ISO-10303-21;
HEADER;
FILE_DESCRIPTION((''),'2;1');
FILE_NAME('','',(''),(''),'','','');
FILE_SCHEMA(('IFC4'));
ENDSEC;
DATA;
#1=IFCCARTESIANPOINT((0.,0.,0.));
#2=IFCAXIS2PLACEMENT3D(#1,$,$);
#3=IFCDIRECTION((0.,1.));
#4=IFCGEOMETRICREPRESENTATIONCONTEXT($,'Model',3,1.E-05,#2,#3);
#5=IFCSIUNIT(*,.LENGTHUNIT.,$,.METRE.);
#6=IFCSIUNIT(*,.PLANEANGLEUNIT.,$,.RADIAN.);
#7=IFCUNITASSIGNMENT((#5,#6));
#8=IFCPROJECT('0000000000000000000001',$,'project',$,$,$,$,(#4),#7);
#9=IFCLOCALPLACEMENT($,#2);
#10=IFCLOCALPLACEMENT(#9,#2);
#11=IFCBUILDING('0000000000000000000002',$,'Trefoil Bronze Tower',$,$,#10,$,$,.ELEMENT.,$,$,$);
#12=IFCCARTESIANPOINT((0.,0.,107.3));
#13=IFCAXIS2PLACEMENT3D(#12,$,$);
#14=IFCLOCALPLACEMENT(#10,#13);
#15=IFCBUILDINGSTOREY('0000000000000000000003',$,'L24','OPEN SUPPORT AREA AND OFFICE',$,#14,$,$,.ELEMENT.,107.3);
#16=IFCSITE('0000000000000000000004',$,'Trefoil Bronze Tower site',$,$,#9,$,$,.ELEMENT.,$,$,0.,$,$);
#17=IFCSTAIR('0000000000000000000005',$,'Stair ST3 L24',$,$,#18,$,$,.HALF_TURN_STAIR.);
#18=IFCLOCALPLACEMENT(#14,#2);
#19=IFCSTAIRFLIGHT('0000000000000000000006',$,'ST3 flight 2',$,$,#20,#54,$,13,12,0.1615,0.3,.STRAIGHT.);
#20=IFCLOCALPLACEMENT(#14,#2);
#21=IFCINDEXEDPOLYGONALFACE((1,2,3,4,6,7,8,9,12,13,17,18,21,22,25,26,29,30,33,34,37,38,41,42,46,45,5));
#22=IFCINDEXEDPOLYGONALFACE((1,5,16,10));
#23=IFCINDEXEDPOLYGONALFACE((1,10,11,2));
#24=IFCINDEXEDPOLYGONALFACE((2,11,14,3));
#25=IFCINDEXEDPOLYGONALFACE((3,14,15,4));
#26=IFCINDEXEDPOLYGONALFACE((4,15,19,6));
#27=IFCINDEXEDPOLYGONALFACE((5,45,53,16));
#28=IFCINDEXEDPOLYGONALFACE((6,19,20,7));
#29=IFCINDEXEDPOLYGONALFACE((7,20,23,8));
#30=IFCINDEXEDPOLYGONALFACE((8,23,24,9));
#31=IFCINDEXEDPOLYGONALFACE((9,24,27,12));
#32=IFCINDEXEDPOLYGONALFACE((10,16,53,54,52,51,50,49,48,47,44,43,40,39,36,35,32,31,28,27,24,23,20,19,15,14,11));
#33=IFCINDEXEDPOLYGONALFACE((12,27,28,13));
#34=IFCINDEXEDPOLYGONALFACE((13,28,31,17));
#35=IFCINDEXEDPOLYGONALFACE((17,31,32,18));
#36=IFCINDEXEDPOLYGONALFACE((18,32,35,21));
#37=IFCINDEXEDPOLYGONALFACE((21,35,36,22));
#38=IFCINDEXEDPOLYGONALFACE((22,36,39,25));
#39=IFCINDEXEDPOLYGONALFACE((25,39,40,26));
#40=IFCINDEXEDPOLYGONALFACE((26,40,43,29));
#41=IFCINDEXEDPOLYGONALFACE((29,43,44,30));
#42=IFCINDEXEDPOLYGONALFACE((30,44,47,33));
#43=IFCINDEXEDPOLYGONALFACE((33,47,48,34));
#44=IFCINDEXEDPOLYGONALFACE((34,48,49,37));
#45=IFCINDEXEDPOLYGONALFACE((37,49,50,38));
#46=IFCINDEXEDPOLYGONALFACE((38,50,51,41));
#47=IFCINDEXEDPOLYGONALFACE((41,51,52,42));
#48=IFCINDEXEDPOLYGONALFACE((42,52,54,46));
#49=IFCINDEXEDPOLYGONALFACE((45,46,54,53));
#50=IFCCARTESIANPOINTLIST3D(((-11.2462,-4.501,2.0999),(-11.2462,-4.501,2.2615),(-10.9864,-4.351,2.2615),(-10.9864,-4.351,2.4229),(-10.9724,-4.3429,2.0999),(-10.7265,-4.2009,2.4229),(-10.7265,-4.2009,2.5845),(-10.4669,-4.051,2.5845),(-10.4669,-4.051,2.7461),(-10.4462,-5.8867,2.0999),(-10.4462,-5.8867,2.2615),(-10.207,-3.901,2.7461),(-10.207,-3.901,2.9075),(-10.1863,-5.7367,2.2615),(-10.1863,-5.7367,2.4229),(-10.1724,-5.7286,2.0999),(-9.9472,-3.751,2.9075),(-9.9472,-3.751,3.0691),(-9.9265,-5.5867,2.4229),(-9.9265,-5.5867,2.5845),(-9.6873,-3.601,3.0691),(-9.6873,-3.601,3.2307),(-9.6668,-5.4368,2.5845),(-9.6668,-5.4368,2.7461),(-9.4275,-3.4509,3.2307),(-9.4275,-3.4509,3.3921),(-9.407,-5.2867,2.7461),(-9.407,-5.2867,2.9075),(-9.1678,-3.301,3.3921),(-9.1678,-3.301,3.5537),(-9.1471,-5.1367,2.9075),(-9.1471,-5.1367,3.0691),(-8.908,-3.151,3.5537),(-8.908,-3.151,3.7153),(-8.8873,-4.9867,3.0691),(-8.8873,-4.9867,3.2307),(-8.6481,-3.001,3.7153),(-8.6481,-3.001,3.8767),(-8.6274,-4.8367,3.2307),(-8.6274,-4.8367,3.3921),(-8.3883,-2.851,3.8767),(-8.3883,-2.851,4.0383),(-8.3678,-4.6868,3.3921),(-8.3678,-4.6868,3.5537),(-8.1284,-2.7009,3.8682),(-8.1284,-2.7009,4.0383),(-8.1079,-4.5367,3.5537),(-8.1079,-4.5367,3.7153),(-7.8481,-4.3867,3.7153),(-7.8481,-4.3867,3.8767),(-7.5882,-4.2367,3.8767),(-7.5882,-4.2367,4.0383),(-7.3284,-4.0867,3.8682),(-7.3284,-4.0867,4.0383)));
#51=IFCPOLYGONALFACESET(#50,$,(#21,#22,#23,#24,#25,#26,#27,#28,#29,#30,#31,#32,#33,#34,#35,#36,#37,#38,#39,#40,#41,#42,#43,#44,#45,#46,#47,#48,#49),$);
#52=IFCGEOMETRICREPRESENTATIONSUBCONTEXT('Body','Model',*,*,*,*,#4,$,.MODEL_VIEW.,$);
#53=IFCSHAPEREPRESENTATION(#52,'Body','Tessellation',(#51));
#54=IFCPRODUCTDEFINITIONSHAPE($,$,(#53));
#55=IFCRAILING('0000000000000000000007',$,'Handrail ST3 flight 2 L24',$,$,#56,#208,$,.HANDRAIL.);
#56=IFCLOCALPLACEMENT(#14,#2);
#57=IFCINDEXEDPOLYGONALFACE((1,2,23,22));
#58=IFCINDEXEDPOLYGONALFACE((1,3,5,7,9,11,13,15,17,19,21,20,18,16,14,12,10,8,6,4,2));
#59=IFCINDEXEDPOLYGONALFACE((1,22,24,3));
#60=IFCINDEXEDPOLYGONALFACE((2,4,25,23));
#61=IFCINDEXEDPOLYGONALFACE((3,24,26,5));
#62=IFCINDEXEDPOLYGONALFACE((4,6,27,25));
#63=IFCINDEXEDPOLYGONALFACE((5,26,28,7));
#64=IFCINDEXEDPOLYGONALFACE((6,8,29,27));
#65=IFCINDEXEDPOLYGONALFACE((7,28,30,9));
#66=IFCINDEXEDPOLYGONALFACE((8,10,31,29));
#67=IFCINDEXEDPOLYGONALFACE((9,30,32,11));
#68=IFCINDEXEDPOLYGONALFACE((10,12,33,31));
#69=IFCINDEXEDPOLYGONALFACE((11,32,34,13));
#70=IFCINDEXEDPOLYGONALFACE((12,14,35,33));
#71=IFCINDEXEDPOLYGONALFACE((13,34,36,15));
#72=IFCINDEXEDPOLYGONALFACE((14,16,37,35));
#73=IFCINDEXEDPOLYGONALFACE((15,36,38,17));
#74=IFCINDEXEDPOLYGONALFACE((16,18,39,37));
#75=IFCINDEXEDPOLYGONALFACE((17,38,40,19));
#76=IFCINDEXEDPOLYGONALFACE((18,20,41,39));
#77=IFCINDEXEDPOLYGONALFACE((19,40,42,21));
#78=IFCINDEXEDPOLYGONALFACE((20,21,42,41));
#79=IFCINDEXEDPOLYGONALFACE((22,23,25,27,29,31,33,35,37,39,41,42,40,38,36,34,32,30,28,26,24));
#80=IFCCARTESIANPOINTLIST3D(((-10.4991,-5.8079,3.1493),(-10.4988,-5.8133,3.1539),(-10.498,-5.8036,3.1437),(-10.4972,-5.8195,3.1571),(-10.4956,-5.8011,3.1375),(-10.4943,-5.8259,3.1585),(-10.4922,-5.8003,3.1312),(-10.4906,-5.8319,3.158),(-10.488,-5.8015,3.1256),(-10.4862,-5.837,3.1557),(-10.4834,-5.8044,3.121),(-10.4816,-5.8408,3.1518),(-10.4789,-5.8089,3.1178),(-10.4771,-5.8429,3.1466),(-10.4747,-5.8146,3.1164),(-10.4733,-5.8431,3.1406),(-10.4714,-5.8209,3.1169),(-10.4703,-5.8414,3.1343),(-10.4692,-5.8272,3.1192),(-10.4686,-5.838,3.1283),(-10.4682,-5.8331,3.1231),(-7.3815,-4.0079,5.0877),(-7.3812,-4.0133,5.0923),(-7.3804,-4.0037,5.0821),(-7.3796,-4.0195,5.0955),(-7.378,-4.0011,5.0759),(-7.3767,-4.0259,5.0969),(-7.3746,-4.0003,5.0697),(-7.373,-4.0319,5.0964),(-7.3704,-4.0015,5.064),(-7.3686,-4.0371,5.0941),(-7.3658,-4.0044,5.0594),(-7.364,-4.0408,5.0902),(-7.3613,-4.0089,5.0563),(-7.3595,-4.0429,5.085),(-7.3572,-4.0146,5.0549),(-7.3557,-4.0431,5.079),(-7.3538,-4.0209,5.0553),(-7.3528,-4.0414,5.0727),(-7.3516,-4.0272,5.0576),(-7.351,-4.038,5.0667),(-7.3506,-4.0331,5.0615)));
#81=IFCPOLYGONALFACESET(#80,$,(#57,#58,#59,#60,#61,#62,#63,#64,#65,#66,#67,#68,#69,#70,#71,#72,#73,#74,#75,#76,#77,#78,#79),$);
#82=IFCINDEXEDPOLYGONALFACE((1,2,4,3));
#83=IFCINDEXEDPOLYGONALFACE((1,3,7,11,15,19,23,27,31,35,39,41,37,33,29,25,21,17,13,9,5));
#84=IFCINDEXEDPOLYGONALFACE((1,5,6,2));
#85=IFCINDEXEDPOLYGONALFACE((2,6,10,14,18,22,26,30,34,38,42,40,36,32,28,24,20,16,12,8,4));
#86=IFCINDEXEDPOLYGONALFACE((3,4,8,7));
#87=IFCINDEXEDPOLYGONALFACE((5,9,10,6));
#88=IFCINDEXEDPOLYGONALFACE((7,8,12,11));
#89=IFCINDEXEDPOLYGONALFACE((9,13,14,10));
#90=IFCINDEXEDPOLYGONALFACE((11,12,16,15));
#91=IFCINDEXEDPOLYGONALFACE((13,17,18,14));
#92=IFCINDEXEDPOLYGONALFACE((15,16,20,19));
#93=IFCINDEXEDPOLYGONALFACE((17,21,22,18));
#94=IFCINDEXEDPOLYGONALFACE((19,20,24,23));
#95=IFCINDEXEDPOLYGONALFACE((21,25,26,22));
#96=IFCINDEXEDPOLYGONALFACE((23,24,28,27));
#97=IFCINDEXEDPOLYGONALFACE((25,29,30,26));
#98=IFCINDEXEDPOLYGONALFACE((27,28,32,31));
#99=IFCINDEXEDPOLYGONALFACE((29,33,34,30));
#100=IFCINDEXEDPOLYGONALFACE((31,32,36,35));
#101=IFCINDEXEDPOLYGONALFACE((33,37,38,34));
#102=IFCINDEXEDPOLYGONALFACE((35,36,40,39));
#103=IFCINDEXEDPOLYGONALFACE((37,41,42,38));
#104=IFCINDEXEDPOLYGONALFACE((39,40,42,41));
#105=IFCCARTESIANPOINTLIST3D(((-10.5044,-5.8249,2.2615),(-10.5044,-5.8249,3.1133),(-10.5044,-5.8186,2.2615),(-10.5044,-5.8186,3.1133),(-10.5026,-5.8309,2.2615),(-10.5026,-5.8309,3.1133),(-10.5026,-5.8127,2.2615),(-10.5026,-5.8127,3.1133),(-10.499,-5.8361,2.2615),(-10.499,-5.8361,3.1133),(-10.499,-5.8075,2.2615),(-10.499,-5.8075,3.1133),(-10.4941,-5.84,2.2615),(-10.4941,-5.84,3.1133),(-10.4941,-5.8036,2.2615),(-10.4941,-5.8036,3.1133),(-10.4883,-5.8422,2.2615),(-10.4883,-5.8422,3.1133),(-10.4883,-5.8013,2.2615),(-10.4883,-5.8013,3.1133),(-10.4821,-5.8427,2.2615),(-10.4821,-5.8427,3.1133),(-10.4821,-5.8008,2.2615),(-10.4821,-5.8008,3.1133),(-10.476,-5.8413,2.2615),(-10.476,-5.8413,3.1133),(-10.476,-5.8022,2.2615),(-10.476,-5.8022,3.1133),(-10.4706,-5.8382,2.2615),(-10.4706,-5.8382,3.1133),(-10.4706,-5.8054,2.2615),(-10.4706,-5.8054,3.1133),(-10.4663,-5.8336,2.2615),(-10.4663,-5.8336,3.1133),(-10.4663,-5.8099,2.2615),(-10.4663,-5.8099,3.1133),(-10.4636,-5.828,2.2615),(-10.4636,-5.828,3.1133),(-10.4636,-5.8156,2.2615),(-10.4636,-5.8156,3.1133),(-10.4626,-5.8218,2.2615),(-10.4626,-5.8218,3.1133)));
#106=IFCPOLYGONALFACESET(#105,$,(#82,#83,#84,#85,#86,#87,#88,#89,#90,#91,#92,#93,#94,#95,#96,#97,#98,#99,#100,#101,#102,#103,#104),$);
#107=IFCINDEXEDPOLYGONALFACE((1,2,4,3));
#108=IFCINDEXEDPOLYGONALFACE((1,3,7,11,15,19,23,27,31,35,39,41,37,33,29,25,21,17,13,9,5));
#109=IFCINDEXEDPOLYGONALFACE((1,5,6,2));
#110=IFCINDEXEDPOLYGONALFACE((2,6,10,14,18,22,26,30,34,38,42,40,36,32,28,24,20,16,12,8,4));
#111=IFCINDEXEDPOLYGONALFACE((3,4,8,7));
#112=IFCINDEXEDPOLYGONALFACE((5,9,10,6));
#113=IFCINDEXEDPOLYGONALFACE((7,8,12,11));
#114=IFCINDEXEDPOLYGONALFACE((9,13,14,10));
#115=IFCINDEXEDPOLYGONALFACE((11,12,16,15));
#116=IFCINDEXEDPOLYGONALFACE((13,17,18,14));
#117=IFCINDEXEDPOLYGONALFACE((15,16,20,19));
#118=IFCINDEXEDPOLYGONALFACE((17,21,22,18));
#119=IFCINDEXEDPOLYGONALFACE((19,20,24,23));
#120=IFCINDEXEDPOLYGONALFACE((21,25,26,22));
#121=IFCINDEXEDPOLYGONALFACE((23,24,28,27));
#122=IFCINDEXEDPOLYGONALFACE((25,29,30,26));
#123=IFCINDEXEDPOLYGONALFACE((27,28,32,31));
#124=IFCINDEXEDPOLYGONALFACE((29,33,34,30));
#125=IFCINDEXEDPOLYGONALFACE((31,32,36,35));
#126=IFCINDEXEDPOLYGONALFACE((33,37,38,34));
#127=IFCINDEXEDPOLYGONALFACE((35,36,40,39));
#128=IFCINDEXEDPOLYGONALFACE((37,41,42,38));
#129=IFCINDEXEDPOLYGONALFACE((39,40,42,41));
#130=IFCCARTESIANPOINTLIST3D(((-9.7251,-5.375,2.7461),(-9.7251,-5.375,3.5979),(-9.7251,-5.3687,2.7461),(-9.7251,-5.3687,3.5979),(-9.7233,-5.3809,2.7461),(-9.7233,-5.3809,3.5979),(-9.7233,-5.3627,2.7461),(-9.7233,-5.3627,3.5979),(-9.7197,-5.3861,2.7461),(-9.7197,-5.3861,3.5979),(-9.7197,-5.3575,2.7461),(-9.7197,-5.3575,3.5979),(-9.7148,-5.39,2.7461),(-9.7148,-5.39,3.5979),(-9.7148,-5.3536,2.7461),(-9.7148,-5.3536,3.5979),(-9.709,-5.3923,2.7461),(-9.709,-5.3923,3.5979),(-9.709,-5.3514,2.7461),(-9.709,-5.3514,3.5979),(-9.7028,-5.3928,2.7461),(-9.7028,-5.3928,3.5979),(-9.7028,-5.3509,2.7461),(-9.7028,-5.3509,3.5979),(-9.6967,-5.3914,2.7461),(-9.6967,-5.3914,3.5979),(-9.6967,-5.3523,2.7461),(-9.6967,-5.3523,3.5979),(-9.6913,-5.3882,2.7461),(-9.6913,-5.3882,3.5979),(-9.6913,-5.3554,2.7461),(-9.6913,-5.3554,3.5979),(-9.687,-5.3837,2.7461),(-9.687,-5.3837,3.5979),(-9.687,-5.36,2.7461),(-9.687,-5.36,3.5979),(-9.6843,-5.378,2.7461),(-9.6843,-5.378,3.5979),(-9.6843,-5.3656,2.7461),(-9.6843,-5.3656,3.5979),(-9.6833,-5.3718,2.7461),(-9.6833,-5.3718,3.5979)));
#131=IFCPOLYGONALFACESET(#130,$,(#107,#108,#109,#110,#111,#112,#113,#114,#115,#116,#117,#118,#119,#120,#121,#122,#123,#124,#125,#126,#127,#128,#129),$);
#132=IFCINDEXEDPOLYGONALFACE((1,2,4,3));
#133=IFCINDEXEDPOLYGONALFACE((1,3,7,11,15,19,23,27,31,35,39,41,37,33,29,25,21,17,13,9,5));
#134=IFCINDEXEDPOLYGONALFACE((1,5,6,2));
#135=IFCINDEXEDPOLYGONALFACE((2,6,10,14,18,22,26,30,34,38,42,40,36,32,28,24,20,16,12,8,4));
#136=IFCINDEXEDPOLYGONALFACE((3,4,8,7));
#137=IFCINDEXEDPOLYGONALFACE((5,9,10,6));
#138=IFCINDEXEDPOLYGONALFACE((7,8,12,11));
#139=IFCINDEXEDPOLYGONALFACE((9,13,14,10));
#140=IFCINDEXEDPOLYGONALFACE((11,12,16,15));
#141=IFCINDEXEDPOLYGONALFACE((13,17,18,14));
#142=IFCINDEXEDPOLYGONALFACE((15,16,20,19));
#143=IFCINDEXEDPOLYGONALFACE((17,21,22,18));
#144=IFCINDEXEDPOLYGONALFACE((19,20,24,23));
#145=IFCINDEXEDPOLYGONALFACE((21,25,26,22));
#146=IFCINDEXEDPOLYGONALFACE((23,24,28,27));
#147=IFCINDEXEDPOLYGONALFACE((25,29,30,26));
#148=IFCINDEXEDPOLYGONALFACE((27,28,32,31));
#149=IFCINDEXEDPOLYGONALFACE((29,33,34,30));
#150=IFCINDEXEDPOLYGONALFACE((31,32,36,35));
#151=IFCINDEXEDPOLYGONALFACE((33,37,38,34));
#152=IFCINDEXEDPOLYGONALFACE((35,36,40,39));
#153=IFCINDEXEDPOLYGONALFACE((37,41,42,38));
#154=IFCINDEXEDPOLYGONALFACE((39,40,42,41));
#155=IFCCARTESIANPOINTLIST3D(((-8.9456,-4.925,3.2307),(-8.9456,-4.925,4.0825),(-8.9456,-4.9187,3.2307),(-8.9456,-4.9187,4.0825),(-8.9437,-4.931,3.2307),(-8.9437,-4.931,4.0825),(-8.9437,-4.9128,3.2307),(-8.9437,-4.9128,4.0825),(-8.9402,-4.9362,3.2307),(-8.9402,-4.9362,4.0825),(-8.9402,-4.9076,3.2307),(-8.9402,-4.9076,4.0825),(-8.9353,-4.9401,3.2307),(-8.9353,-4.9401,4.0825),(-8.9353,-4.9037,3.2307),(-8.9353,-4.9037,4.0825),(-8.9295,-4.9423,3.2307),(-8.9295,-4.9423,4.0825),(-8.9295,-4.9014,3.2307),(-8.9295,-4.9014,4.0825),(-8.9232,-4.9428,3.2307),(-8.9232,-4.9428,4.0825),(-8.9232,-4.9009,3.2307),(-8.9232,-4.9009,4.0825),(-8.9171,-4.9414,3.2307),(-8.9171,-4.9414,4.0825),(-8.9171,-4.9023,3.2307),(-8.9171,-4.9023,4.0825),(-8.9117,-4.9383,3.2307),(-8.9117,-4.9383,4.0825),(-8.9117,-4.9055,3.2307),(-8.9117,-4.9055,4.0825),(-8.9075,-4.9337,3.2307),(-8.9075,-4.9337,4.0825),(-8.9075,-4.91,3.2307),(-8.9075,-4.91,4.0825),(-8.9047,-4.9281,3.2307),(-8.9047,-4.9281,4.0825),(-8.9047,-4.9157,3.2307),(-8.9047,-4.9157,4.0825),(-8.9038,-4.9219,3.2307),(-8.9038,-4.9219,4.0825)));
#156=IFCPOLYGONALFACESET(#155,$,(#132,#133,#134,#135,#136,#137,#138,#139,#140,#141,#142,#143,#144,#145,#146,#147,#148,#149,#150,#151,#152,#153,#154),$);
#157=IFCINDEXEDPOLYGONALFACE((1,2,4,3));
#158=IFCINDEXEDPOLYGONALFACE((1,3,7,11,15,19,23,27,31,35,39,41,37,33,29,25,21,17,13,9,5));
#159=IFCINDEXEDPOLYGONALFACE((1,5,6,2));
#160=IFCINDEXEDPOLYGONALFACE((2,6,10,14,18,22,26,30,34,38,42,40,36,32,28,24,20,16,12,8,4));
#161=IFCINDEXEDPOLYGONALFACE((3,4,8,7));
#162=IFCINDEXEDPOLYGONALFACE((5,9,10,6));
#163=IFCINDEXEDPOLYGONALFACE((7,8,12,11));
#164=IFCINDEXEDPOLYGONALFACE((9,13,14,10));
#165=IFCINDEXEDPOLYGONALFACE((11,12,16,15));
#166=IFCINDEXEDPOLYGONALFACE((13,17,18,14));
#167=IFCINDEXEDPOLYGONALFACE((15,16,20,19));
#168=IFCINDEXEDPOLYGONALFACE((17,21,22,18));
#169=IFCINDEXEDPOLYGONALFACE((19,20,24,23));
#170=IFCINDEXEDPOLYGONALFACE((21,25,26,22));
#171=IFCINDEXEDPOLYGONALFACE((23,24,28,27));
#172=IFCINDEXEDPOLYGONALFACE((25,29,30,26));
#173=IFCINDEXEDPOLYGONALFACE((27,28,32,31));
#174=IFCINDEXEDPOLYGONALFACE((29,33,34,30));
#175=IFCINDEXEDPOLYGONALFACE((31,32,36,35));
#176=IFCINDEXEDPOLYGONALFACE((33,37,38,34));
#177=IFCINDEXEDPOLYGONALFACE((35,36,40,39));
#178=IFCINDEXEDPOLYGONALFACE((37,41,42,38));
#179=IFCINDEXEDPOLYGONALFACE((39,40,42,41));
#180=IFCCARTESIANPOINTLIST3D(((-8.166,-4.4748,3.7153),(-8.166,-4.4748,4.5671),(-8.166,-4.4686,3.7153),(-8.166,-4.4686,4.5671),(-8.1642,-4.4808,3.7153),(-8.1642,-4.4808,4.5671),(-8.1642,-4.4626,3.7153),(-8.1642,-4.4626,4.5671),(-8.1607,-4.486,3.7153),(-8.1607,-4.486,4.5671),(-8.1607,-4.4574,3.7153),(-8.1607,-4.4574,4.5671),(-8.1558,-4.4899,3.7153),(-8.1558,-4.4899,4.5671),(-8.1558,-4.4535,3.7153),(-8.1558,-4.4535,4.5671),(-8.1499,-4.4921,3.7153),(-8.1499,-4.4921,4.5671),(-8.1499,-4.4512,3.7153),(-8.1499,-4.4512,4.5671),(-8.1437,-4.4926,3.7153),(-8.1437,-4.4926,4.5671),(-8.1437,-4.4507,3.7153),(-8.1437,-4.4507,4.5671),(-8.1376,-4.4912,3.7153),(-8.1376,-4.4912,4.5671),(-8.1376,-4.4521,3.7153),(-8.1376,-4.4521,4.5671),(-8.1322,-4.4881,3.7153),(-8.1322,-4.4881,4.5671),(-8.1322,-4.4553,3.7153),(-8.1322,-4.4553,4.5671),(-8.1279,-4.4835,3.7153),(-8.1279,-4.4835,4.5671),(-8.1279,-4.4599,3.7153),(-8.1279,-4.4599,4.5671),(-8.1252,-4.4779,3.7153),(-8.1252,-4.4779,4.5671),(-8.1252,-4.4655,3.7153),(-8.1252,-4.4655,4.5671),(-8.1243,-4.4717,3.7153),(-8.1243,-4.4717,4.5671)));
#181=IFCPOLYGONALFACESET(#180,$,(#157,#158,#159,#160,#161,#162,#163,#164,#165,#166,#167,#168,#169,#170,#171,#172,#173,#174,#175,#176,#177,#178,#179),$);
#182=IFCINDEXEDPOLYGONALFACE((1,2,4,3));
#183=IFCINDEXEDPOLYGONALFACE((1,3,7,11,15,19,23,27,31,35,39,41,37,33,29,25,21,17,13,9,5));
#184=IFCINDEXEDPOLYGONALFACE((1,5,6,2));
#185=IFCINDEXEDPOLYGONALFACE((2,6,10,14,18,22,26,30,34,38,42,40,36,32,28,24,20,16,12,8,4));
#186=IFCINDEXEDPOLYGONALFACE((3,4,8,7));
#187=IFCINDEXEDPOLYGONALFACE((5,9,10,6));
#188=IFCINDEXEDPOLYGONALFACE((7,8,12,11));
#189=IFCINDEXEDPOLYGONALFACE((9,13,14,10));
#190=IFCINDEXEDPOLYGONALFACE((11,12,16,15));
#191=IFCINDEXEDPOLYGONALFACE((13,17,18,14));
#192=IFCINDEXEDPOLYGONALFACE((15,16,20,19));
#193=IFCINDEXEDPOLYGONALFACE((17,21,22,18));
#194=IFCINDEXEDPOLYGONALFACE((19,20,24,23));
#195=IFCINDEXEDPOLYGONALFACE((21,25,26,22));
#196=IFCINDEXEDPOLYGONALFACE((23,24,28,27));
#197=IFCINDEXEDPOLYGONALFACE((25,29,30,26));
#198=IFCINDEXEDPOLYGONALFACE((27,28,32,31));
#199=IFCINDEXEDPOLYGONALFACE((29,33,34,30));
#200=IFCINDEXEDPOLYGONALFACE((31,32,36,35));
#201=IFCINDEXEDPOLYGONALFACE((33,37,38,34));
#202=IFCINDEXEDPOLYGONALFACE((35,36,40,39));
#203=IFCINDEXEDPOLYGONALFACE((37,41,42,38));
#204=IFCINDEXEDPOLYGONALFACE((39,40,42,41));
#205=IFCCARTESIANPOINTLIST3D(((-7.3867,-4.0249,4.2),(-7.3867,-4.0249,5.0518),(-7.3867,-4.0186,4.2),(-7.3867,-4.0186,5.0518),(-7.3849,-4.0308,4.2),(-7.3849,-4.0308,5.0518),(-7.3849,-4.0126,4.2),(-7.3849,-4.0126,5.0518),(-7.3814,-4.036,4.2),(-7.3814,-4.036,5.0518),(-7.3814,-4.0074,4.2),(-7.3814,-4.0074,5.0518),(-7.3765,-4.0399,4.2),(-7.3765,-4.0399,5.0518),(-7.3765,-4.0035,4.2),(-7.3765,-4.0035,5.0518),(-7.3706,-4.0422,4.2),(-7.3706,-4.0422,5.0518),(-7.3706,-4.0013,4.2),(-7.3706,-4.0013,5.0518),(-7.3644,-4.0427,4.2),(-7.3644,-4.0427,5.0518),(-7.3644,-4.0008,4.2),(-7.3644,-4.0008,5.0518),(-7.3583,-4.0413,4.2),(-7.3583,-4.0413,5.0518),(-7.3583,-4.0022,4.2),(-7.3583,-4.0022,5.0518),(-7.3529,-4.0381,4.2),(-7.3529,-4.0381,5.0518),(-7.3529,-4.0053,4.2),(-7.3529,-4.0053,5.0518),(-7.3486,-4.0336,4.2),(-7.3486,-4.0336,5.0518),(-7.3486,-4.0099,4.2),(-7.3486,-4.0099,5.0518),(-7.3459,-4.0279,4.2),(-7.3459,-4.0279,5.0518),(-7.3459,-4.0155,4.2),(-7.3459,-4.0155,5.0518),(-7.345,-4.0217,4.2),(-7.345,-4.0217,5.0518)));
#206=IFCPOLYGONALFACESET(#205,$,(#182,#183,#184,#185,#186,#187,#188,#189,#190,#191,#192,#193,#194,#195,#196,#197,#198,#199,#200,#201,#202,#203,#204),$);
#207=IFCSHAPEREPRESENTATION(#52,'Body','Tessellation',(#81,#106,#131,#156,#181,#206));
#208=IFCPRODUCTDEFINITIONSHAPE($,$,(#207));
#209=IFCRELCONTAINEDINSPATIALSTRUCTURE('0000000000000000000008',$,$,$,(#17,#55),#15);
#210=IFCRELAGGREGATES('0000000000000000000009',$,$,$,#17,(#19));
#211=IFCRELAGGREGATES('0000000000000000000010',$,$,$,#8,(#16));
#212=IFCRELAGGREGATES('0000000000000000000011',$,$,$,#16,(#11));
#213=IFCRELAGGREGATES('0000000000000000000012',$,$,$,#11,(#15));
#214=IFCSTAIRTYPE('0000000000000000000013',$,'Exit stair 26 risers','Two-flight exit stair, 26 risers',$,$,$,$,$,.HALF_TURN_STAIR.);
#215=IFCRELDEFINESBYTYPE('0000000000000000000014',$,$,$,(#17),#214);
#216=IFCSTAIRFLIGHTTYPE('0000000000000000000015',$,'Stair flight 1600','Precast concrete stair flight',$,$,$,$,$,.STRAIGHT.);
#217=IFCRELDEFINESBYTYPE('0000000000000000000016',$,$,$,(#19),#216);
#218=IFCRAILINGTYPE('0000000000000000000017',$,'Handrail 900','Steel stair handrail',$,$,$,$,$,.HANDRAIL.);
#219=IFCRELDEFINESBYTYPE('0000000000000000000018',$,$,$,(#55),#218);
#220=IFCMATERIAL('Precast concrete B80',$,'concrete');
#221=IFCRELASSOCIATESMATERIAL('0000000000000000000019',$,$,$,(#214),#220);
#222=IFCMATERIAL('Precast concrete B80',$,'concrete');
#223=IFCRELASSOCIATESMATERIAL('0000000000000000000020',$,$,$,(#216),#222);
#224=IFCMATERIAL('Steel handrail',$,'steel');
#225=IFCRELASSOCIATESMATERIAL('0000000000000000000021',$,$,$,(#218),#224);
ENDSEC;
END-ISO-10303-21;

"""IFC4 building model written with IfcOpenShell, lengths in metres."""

from ifc_helpers import new_model, si_unit, direction, frame, origin, origin_2d, place, context, subcontext, project, spatial, polyline, circle, outline, extrude, material, type_object, element, aggregate, save


model = new_model("IFC4")

# Units and contexts
model_context = context("Model", 3, precision=1e-05, world=origin(), true_north=direction((0.0, 1.0)))
body_context = subcontext(model_context, "Body", "Model", "MODEL_VIEW")
ifc_project = project(units=[si_unit("LENGTHUNIT", "METRE"), si_unit("PLANEANGLEUNIT", "RADIAN")], contexts=[model_context])

# Site, building, storey
site_placement = place(None, origin())
site = spatial("IfcSite", under=ifc_project, at=site_placement, Name="Trefoil Bronze Tower site", CompositionType="ELEMENT", RefElevation=0.0)
building_placement = place(site_placement, origin())
building = spatial("IfcBuilding", under=site, at=building_placement, Name="Trefoil Bronze Tower", CompositionType="ELEMENT")
storey_placement = place(building_placement, frame((0.0, 0.0, 107.3)))
storey = spatial("IfcBuildingStorey", under=building, at=storey_placement, Name="L24", Description="OPEN SUPPORT AREA AND OFFICE", CompositionType="ELEMENT", Elevation=107.3)

# Stair, stair flight
ifc_material_1 = material(Name="Precast concrete B80", Category="concrete")
stair_type = type_object("IfcStairType", Name="Exit stair 26 risers", Description="Two-flight exit stair, 26 risers", PredefinedType="HALF_TURN_STAIR", material=ifc_material_1)
stair_placement = place(storey_placement, origin())
stair = element("IfcStair", 1, at=stair_placement, inside=storey, type_object=stair_type, Name="Stair ST3 L24", PredefinedType="HALF_TURN_STAIR")
ifc_material_2 = material(Name="Precast concrete B80", Category="concrete")
stair_flight_type = type_object("IfcStairFlightType", Name="Stair flight 1600", Description="Precast concrete stair flight", PredefinedType="STRAIGHT", material=ifc_material_2)
stair_flight_placement = place(storey_placement, frame((-10.8462, -5.1938, 2.0999), z_axis=(0.0, 0.0, 1.0), x_axis=(0.866025, 0.5, 0.0)))
stair_flight = element("IfcStairFlight", 2, at=stair_flight_placement, type_object=stair_flight_type, Name="ST3 flight 2", NumberOfRisers=13, NumberOfTreads=12, PredefinedType="STRAIGHT", RiserHeight=0.1615, TreadLength=0.3, context=body_context, shape_type="SweptSolid", body=[
    extrude(outline(polyline([(0.0, 0.0), (0.0, 0.1616), (0.3, 0.1616), (0.3, 0.323), (0.6001, 0.323), (0.6001, 0.4846), (0.8999, 0.4846), (0.8999, 0.6462), (1.2, 0.6462), (1.2, 0.8076), (1.5, 0.8076), (1.5, 0.9692), (1.8, 0.9692), (1.8, 1.1309), (2.1001, 1.1309), (2.1001, 1.2922), (2.3999, 1.2922), (2.3999, 1.4539), (2.7, 1.4539), (2.7, 1.6155), (3.0, 1.6155), (3.0, 1.7769), (3.3, 1.7769), (3.3, 1.9385), (3.6001, 1.9385), (3.6001, 2.1001), (3.6001, 1.7683), (0.3162, 0.0), (0.0, 0.0)])), frame((0.0, 0.8, 0.0), z_axis=(0.0, -1.0, 0.0), x_axis=(1.0, 0.0, 0.0)), (0.0, 0.0, 1.0), 1.6001),
])
aggregate(stair, [stair_flight])

# Railing
ifc_material_3 = material(Name="Steel handrail", Category="steel")
railing_type = type_object("IfcRailingType", Name="Handrail 900", Description="Steel stair handrail", PredefinedType="HANDRAIL", material=ifc_material_3)
railing_placement = place(storey_placement, frame((-10.4836, -5.8218, 2.2615)))
element("IfcRailing", 3, at=railing_placement, inside=storey, type_object=railing_type, Name="Handrail ST3 flight 2 L24", PredefinedType="HANDRAIL", context=body_context, shape_type="SweptSolid", body=[
    extrude(circle(Radius=0.0239, at=origin_2d()), frame((0.0, 0.0, 0.876), z_axis=(0.762503, 0.440246, 0.474102), x_axis=(-0.500012, 0.866018, 0.0)), (0.0, 0.0, 1.0), 4.0886),
    extrude(circle(Radius=0.021, at=origin_2d()), origin(), (0.0, 0.0, 1.0), 0.8518),
    extrude(circle(Radius=0.021, at=origin_2d()), frame((0.7793, 0.45, 0.4846)), (0.0, 0.0, 1.0), 0.8518),
    extrude(circle(Radius=0.021, at=origin_2d()), frame((1.5588, 0.8999, 0.9692)), (0.0, 0.0, 1.0), 0.8518),
    extrude(circle(Radius=0.021, at=origin_2d()), frame((2.3384, 1.3501, 1.4539)), (0.0, 0.0, 1.0), 0.8518),
    extrude(circle(Radius=0.021, at=origin_2d()), frame((3.1177, 1.8, 1.9385)), (0.0, 0.0, 1.0), 0.8518),
])

save(model, "model.ifc")
